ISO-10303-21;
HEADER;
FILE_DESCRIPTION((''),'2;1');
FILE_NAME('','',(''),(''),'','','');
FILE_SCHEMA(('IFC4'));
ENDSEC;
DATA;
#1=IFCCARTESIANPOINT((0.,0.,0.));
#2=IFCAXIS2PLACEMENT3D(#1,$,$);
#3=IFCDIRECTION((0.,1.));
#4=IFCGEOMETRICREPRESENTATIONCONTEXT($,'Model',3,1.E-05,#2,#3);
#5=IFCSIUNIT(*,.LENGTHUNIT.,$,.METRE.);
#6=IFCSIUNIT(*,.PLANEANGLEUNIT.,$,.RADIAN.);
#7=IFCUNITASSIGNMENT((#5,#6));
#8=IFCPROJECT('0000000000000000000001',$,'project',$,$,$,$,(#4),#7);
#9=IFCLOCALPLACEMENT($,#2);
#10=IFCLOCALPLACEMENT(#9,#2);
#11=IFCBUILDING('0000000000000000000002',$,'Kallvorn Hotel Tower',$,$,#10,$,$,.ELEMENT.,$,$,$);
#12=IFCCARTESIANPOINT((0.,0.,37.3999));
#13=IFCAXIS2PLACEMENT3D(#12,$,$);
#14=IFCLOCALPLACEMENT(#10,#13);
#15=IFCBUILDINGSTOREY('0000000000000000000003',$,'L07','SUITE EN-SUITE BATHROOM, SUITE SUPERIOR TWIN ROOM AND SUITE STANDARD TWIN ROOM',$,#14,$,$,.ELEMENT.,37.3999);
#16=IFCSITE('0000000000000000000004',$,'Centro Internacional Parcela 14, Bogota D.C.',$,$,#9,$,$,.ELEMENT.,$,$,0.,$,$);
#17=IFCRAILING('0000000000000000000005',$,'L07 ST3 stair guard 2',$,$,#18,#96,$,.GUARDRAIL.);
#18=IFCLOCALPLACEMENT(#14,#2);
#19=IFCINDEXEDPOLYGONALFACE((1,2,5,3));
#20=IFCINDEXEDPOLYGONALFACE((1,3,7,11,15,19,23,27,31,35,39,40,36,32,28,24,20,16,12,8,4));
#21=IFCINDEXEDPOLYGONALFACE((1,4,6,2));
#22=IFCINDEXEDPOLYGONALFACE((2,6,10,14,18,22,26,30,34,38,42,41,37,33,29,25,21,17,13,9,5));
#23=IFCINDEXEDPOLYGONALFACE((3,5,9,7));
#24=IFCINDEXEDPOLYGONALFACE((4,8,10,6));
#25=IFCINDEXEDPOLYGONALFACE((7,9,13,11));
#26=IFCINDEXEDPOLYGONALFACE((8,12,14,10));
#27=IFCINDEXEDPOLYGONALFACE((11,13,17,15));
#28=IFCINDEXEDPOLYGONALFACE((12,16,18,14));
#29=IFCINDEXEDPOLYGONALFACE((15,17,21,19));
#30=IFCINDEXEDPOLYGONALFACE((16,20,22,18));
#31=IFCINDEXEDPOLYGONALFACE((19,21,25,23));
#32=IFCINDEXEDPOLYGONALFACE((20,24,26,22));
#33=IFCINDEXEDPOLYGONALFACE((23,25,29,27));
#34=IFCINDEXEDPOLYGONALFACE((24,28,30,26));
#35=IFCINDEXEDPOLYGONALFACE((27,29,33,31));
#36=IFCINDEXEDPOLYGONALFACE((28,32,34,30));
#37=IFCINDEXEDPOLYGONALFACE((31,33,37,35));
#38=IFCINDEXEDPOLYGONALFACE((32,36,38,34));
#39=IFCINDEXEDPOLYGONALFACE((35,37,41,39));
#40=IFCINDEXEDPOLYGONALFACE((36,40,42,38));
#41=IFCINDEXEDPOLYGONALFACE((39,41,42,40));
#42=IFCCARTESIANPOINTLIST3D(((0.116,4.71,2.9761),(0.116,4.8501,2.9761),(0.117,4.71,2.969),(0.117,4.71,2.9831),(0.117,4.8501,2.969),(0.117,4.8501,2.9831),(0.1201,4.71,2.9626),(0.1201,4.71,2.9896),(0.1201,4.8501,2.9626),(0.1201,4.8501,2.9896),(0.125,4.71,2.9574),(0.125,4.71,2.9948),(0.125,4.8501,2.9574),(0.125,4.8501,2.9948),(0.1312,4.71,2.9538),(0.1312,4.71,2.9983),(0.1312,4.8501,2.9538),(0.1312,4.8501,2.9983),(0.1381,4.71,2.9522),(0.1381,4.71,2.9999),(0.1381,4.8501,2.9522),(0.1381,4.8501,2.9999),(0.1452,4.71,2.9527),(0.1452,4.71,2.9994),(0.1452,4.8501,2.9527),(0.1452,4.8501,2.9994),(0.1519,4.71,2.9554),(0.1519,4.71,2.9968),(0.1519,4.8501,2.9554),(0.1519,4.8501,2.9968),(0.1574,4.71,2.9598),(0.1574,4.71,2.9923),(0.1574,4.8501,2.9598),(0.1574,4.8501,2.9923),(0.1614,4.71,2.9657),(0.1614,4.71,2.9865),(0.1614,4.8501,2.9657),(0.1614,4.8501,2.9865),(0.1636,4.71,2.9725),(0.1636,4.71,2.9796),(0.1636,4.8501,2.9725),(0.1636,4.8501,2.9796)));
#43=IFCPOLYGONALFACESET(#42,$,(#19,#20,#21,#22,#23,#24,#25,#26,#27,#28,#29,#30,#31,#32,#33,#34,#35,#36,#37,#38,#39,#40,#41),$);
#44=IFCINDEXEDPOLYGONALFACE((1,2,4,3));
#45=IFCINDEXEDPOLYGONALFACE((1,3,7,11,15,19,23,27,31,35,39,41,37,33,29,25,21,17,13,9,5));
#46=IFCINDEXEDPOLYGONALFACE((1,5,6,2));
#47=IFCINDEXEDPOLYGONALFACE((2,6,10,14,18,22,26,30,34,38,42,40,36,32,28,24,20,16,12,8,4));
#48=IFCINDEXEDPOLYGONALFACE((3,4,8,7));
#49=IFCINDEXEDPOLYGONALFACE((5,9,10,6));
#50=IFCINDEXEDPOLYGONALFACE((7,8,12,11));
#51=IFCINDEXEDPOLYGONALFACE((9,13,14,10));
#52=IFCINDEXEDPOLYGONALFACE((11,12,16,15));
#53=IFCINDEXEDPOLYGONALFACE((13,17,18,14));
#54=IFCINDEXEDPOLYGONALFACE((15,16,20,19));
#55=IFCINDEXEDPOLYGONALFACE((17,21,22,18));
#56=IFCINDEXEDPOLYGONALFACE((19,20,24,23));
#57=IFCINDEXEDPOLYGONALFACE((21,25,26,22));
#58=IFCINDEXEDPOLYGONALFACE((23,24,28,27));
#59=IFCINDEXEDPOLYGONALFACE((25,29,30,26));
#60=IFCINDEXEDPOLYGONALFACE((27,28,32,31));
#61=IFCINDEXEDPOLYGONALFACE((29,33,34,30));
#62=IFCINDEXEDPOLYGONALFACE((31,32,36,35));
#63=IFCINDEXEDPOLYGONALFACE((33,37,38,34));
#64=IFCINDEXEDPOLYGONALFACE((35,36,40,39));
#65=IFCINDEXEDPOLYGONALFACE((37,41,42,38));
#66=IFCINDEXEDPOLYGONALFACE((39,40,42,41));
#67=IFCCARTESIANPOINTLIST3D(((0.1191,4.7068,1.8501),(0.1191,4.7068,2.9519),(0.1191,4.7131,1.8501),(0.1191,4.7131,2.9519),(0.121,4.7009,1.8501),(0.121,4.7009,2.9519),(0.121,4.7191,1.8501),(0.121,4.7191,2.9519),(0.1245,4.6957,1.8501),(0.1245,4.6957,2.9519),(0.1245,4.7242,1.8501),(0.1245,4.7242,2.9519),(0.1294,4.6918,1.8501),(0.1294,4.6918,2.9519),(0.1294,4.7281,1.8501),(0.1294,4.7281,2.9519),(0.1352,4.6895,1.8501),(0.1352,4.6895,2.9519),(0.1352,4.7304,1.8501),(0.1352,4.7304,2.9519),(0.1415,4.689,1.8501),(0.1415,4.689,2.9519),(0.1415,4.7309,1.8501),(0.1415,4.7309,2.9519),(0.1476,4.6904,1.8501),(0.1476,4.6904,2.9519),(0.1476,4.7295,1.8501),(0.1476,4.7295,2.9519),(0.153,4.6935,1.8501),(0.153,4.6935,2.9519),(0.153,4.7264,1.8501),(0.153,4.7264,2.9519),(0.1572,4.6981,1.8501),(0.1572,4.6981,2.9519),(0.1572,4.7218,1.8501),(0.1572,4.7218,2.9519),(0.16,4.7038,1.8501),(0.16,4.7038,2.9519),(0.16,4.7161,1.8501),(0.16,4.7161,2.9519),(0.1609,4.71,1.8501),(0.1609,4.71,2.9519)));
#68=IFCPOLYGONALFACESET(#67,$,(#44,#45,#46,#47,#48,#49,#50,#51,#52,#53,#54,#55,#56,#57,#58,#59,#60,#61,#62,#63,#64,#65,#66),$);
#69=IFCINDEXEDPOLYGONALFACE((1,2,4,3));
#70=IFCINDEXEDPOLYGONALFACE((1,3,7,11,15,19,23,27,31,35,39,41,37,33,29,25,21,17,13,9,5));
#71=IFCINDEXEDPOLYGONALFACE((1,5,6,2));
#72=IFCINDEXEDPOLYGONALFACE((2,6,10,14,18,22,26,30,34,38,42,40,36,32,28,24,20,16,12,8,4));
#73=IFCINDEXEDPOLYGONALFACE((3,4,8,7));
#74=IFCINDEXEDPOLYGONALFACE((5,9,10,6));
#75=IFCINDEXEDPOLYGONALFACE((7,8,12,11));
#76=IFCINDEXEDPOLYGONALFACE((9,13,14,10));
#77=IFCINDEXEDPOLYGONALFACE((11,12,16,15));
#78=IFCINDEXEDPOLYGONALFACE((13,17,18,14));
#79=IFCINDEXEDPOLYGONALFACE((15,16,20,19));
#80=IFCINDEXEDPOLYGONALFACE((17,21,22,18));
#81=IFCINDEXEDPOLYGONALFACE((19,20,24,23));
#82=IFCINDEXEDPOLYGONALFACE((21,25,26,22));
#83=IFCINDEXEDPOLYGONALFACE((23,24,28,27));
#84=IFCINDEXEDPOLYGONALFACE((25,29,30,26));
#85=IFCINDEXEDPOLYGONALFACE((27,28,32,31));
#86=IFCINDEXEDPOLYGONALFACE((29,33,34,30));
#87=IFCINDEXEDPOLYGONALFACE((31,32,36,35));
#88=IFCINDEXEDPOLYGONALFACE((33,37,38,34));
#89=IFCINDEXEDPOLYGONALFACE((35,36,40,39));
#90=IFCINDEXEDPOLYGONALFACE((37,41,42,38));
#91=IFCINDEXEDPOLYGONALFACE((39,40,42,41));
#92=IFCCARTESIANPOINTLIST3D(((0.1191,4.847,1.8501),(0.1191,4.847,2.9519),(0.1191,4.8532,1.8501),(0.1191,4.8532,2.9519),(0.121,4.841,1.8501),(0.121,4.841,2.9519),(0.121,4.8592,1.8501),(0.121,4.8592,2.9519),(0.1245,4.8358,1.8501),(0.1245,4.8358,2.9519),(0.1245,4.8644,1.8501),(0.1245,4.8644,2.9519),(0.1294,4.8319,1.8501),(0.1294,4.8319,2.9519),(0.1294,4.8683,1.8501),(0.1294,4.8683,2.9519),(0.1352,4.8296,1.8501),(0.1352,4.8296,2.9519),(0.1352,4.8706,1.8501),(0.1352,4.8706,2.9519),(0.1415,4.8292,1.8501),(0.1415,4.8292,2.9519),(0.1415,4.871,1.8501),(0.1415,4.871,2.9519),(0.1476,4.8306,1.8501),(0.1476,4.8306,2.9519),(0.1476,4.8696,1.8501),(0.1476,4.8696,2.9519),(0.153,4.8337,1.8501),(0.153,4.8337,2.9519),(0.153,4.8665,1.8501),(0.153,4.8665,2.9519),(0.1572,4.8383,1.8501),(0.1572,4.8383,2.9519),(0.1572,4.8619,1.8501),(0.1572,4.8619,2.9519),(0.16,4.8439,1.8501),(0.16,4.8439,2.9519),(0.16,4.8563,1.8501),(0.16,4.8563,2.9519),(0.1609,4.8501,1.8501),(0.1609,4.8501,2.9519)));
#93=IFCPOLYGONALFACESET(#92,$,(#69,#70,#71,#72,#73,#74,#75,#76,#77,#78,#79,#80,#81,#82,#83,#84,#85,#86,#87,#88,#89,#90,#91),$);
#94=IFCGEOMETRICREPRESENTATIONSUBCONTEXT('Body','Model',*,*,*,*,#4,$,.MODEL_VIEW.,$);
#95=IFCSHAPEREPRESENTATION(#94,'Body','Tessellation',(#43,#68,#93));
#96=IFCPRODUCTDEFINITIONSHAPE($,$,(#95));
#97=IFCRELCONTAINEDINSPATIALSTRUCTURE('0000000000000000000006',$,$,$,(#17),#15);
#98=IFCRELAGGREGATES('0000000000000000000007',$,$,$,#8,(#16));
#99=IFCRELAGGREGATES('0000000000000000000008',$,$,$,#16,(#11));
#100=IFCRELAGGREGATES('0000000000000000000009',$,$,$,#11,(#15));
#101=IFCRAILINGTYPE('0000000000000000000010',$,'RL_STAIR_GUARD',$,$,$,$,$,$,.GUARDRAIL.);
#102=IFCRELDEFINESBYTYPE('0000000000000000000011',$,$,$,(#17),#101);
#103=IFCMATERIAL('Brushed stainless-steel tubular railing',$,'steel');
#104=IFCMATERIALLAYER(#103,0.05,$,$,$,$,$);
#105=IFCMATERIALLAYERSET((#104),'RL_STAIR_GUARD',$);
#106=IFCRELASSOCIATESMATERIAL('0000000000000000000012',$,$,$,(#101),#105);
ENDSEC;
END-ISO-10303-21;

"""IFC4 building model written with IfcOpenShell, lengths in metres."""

from ifc_helpers import new_model, si_unit, direction, frame, origin, origin_2d, place, context, subcontext, project, spatial, circle, extrude, material, layer, layer_set, type_object, element, save


model = new_model("IFC4")

# Units and contexts
model_context = context("Model", 3, precision=1e-05, world=origin(), true_north=direction((0.0, 1.0)))
body_context = subcontext(model_context, "Body", "Model", "MODEL_VIEW")
ifc_project = project(units=[si_unit("LENGTHUNIT", "METRE"), si_unit("PLANEANGLEUNIT", "RADIAN")], contexts=[model_context])

# Site, building, storey
site_placement = place(None, origin())
site = spatial("IfcSite", under=ifc_project, at=site_placement, Name="Centro Internacional Parcela 14, Bogota D.C.", CompositionType="ELEMENT", RefElevation=0.0)
building_placement = place(site_placement, origin())
building = spatial("IfcBuilding", under=site, at=building_placement, Name="Kallvorn Hotel Tower", CompositionType="ELEMENT")
storey_placement = place(building_placement, frame((0.0, 0.0, 37.3999)))
storey = spatial("IfcBuildingStorey", under=building, at=storey_placement, Name="L07", Description="SUITE EN-SUITE BATHROOM, SUITE SUPERIOR TWIN ROOM AND SUITE STANDARD TWIN ROOM", CompositionType="ELEMENT", Elevation=37.3999)

# Railing
ifc_material_1 = material(Name="Brushed stainless-steel tubular railing", Category="steel")
ifc_layer_1 = layer(ifc_material_1, 0.05)
ifc_layer_set_1 = layer_set([ifc_layer_1], Name="RL_STAIR_GUARD")
railing_type_1 = type_object("IfcRailingType", Name="RL_STAIR_GUARD", PredefinedType="GUARDRAIL", material=ifc_layer_set_1)
railing_1_placement = place(storey_placement, frame((0.1399, 4.71, 1.8501)))
element("IfcRailing", 1, at=railing_1_placement, inside=storey, type_object=railing_type_1, Name="L07 ST3 stair guard 2", PredefinedType="GUARDRAIL", context=body_context, shape_type="SweptSolid", body=[
    extrude(circle(Radius=0.0239, at=origin_2d()), frame((0.0, 0.0, 1.126), z_axis=(0.0, 1.0, 0.0), x_axis=(-1.0, 0.0, 0.0)), (0.0, 0.0, 1.0), 0.1401),
    extrude(circle(Radius=0.021, at=origin_2d()), origin(), (0.0, 0.0, 1.0), 1.1018),
    extrude(circle(Radius=0.021, at=origin_2d()), frame((0.0, 0.1401, 0.0)), (0.0, 0.0, 1.0), 1.1018),
])

save(model, "model.ifc")
